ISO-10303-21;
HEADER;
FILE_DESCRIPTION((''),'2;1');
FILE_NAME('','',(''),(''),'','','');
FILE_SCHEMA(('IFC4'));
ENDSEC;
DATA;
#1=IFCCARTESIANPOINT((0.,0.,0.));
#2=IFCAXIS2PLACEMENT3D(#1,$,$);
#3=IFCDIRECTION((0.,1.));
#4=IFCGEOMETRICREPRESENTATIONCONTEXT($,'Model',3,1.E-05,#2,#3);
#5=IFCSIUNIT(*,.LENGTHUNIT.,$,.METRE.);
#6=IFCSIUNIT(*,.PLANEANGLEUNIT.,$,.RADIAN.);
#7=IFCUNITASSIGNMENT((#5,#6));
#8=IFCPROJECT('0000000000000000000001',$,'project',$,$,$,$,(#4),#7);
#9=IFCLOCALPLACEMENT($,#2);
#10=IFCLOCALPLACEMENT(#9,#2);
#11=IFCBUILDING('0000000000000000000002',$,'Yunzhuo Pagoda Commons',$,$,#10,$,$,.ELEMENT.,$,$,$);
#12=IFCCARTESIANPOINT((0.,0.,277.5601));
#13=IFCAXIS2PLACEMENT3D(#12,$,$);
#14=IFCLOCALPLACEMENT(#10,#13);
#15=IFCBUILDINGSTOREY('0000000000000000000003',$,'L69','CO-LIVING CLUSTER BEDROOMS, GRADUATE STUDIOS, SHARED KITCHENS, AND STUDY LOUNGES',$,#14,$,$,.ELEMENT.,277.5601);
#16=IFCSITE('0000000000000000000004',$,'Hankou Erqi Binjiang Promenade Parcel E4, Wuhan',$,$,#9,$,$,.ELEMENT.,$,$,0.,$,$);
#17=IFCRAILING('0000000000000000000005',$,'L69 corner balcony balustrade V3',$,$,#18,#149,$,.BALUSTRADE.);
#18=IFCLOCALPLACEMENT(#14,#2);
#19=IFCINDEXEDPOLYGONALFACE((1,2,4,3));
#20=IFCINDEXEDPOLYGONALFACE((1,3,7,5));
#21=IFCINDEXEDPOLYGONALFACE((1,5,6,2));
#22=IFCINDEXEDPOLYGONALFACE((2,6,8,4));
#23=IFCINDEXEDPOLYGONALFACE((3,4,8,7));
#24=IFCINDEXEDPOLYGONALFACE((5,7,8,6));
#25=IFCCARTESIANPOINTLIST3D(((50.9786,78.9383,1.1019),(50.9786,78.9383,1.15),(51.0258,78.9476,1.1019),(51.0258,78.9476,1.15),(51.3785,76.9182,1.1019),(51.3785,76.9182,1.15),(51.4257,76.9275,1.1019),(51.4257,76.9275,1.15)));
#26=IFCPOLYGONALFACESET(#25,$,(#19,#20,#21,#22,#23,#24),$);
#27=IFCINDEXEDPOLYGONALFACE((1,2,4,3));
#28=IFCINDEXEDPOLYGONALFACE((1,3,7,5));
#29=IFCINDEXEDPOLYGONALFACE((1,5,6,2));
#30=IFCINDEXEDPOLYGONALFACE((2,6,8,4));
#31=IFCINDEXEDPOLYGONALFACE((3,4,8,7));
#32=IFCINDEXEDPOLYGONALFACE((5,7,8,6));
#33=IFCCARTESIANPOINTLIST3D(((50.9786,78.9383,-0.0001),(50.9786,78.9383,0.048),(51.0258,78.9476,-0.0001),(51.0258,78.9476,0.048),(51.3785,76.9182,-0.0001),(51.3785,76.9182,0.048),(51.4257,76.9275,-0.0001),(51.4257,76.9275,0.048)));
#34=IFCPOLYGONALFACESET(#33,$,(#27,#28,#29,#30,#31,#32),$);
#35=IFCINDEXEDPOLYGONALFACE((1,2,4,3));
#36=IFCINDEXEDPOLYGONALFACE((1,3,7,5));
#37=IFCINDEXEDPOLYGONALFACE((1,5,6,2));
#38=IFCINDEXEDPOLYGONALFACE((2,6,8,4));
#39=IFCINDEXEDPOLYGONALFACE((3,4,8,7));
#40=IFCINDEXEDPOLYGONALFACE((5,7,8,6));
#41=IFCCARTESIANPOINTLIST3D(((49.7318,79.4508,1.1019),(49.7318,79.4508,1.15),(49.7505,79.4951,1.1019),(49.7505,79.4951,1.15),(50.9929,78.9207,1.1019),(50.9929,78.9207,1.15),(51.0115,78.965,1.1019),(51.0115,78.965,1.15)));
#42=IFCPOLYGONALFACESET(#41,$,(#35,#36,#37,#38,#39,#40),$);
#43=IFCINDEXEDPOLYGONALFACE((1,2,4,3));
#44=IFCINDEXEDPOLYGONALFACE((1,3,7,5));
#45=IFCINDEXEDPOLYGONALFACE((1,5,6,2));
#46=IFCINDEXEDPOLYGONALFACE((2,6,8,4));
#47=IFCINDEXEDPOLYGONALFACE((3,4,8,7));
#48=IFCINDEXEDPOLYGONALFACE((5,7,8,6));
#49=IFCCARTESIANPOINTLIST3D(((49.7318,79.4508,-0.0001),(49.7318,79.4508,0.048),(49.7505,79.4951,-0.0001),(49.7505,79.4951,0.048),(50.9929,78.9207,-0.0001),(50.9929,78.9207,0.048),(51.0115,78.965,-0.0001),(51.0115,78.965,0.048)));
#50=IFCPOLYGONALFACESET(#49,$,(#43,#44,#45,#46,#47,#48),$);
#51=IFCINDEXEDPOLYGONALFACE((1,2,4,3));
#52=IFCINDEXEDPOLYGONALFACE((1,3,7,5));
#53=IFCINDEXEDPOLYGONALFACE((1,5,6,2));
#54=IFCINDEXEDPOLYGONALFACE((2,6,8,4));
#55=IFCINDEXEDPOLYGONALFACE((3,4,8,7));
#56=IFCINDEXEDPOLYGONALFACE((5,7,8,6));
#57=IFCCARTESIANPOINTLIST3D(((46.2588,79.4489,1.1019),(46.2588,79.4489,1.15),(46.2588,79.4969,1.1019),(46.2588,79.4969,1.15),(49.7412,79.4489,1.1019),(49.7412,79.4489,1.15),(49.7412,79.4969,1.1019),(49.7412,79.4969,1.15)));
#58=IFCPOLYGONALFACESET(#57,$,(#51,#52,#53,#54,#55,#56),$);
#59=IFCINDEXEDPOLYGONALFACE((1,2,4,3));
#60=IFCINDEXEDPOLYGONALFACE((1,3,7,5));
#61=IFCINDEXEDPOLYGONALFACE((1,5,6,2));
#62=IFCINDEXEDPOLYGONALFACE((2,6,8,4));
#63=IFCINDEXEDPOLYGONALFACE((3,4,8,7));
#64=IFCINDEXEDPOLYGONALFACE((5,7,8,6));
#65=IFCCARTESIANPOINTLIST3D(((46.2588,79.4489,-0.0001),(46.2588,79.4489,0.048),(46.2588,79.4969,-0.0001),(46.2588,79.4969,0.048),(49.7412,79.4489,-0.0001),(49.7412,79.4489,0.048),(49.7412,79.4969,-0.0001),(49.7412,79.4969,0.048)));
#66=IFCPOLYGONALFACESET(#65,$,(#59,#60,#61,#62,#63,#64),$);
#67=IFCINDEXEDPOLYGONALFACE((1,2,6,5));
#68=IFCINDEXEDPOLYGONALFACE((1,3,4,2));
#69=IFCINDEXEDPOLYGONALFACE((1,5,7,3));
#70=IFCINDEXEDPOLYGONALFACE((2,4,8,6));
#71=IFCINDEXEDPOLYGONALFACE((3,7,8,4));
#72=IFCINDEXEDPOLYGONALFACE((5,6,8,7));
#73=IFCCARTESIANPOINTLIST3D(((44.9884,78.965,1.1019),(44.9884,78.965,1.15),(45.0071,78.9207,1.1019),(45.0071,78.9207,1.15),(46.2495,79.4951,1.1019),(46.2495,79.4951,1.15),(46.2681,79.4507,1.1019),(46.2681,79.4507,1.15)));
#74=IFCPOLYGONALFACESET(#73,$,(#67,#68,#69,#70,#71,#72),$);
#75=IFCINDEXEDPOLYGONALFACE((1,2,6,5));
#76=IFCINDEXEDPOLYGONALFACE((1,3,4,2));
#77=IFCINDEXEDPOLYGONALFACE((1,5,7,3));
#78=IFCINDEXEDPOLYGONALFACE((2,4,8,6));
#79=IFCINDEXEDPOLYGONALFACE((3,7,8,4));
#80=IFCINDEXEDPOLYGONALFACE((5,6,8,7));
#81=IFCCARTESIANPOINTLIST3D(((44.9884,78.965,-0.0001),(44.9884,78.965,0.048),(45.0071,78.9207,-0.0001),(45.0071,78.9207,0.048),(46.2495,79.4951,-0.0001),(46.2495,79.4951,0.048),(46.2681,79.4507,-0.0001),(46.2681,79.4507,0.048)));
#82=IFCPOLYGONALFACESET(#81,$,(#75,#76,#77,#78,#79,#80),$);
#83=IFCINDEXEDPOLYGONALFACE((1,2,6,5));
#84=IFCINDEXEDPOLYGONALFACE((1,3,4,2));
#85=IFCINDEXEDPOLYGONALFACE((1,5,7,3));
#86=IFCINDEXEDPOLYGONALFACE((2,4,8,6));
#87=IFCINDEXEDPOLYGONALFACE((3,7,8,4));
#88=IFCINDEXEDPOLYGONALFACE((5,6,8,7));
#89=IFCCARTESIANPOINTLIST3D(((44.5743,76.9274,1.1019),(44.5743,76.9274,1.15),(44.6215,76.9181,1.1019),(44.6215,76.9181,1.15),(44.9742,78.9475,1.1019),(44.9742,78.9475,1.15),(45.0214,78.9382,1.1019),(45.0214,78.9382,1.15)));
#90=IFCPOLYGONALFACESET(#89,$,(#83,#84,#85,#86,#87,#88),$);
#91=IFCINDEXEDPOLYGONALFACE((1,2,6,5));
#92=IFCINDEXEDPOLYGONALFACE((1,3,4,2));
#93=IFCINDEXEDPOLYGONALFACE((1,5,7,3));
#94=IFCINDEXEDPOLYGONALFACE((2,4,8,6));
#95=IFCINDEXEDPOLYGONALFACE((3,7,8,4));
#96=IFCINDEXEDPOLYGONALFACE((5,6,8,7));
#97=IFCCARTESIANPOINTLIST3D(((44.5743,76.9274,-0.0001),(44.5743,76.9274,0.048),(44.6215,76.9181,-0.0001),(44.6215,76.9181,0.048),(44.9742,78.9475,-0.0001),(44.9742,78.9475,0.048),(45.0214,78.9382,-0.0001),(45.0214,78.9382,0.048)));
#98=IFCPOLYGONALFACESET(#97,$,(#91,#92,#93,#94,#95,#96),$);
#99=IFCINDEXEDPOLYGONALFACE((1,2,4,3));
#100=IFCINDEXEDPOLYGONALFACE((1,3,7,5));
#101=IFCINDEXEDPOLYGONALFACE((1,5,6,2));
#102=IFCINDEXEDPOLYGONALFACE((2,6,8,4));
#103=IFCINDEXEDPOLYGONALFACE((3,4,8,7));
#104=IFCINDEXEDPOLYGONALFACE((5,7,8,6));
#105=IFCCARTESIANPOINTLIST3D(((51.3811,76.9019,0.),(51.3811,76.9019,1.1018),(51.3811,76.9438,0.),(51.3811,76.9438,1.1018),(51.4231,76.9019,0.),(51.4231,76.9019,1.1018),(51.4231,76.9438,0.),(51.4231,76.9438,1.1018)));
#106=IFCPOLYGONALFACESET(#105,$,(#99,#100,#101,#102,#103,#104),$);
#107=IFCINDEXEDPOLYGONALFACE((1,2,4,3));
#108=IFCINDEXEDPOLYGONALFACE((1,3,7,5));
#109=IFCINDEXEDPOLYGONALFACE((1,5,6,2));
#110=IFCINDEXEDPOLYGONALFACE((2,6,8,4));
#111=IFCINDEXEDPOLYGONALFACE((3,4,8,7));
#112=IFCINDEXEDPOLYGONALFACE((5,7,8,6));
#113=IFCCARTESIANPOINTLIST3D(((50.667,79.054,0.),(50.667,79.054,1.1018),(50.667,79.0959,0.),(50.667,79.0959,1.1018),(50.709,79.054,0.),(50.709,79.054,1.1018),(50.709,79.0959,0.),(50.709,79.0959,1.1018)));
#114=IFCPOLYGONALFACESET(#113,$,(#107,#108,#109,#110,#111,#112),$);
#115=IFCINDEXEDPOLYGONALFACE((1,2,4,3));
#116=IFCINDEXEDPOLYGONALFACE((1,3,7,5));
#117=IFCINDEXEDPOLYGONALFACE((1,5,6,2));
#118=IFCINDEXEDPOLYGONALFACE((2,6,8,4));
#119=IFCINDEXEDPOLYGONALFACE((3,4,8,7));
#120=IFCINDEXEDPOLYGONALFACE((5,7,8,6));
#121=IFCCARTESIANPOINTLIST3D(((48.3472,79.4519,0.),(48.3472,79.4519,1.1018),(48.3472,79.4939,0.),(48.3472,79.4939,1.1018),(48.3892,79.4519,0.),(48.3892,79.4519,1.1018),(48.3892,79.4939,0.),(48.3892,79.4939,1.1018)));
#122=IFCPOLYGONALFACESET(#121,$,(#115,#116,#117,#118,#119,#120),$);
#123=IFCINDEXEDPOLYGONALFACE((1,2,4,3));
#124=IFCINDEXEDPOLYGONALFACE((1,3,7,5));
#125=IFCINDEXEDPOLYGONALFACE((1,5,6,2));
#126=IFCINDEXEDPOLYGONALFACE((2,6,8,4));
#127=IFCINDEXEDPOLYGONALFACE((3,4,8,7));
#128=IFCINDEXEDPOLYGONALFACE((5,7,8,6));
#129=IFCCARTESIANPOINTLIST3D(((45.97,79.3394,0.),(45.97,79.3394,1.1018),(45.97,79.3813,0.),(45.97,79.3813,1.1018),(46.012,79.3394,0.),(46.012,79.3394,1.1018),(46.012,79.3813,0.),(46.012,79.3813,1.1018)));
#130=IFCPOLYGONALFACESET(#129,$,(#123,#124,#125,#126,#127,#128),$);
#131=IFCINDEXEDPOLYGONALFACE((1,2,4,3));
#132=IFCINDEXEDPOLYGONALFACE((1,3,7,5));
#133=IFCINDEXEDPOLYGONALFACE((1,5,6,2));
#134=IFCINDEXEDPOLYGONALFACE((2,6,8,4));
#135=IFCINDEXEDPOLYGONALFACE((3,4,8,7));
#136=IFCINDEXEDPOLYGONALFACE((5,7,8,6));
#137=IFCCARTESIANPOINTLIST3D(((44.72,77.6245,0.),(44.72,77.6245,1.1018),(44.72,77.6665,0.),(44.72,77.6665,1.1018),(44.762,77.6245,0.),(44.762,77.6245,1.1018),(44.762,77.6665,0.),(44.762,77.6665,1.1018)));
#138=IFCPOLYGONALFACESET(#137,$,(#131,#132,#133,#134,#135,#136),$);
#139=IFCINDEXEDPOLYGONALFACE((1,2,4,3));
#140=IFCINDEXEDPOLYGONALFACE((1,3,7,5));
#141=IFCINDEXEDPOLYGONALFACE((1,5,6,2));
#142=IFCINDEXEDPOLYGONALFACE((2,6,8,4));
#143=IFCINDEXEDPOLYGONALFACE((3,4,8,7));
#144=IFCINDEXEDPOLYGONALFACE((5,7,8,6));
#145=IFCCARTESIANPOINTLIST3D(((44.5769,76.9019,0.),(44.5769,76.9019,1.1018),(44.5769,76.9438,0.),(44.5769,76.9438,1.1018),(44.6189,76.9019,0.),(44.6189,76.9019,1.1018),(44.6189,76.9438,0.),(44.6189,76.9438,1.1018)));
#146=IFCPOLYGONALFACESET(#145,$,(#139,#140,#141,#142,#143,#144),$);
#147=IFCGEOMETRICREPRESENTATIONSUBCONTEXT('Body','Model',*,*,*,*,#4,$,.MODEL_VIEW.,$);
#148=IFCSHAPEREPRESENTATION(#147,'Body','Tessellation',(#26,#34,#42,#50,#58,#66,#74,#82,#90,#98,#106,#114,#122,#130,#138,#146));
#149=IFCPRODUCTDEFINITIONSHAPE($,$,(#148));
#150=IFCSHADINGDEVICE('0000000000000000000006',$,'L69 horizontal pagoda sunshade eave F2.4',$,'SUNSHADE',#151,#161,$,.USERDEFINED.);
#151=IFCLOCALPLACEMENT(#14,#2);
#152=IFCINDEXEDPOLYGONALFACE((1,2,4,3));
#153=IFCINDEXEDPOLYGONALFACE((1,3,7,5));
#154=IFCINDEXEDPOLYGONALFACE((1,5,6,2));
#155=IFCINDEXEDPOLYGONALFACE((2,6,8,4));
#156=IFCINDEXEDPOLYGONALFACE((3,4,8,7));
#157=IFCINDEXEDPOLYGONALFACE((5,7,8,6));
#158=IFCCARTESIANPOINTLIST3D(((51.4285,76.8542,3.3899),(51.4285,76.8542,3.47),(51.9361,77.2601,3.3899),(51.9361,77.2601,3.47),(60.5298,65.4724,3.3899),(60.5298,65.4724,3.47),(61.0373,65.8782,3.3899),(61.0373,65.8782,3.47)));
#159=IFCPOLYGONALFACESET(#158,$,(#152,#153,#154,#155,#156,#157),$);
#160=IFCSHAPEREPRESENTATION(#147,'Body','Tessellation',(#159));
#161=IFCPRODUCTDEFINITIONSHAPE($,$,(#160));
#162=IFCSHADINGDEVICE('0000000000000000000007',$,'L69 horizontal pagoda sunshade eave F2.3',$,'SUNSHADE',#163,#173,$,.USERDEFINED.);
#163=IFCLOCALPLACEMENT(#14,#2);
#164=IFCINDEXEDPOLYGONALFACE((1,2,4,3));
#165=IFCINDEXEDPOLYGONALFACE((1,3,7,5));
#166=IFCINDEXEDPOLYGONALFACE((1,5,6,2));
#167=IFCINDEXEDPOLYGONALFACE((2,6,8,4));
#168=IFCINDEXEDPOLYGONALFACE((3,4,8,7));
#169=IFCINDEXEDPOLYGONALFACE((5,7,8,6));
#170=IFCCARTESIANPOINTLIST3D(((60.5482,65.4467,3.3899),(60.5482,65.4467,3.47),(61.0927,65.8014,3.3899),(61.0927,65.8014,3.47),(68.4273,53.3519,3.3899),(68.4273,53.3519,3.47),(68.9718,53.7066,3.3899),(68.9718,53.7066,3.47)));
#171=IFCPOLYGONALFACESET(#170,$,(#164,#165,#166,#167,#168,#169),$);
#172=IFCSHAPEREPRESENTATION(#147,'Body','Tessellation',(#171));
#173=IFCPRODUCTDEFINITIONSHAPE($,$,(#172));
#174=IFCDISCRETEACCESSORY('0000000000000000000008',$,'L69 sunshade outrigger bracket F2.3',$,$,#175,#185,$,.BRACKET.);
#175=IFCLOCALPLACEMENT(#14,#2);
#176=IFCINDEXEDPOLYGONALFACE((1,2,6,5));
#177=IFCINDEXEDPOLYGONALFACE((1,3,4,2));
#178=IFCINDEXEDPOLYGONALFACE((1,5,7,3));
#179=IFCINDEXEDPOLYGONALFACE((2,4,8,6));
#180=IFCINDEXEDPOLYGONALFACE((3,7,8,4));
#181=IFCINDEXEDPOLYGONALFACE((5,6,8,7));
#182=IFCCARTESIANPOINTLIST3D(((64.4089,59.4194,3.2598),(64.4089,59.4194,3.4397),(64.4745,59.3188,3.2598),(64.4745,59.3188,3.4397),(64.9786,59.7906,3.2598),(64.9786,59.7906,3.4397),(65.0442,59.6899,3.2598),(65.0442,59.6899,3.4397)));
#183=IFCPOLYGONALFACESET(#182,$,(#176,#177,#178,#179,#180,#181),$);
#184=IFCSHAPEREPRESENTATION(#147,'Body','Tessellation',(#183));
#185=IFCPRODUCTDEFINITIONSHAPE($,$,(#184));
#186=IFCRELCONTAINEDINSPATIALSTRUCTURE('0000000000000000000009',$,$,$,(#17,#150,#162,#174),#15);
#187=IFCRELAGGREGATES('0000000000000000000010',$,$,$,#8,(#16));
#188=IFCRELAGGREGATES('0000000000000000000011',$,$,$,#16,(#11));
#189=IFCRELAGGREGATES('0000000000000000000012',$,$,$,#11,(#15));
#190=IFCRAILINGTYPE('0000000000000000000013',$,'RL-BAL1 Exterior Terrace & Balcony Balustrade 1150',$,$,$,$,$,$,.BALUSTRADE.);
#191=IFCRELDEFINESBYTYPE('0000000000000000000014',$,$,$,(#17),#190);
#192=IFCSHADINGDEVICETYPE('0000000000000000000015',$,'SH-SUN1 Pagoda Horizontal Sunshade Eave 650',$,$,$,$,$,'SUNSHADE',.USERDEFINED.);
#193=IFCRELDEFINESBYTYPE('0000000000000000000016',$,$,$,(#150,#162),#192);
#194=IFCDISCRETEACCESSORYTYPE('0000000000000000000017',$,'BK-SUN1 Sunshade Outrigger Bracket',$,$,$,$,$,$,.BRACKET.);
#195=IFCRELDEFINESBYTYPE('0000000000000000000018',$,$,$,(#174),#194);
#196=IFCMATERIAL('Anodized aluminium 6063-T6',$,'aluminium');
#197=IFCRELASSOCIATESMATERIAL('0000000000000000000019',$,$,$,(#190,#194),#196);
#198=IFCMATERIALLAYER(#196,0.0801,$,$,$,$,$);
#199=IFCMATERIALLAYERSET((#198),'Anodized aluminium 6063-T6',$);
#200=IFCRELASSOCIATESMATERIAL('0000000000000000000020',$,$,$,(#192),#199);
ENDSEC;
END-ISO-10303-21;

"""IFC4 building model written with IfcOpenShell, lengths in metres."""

from ifc_helpers import new_model, si_unit, direction, frame, origin, origin_2d, place, context, subcontext, project, spatial, rectangle, extrude, source, transform, mapped, material, layer, layer_set, type_object, element, save


model = new_model("IFC4")

# Units and contexts
model_context = context("Model", 3, precision=1e-05, world=origin(), true_north=direction((0.0, 1.0)))
body_context = subcontext(model_context, "Body", "Model", "MODEL_VIEW")
ifc_project = project(units=[si_unit("LENGTHUNIT", "METRE"), si_unit("PLANEANGLEUNIT", "RADIAN")], contexts=[model_context])

# Site, building, storey
site_placement = place(None, origin())
site = spatial("IfcSite", under=ifc_project, at=site_placement, Name="Hankou Erqi Binjiang Promenade Parcel E4, Wuhan", CompositionType="ELEMENT", RefElevation=0.0)
building_placement = place(site_placement, origin())
building = spatial("IfcBuilding", under=site, at=building_placement, Name="Yunzhuo Pagoda Commons", CompositionType="ELEMENT")
storey_placement = place(building_placement, frame((0.0, 0.0, 277.5601)))
storey = spatial("IfcBuildingStorey", under=building, at=storey_placement, Name="L69", Description="CO-LIVING CLUSTER BEDROOMS, GRADUATE STUDIOS, SHARED KITCHENS, AND STUDY LOUNGES", CompositionType="ELEMENT", Elevation=277.5601)

# Shared definitions
ifc_material_1 = material(Name="Anodized aluminium 6063-T6", Category="aluminium")

# Railing
railing_type = type_object("IfcRailingType", Name="RL-BAL1 Exterior Terrace & Balcony Balustrade 1150", PredefinedType="BALUSTRADE", material=ifc_material_1)
railing_placement = place(storey_placement, frame((51.4021, 76.9229, 0.0)))
element("IfcRailing", 1, at=railing_placement, inside=storey, type_object=railing_type, Name="L69 corner balcony balustrade V3", PredefinedType="BALUSTRADE", context=body_context, shape_type="SweptSolid", body=[
    extrude(rectangle(XDim=0.0481, YDim=0.0481, at=origin_2d()), frame((0.0, 0.0, 1.126), z_axis=(-0.194201, 0.980962, 0.0), x_axis=(-0.980962, -0.194201, 0.0)), (0.0, 0.0, 1.0), 2.0593),
    extrude(rectangle(XDim=0.0481, YDim=0.0481, at=origin_2d()), frame((0.0, 0.0, 0.0239), z_axis=(-0.194201, 0.980962, 0.0), x_axis=(-0.980962, -0.194201, 0.0)), (0.0, 0.0, 1.0), 2.0593),
    extrude(rectangle(XDim=0.0481, YDim=0.0481, at=origin_2d()), frame((-0.3999, 2.02, 1.126), z_axis=(-0.921874, 0.38749, 0.0), x_axis=(-0.38749, -0.921874, 0.0)), (0.0, 0.0, 1.0), 1.3679),
    extrude(rectangle(XDim=0.0481, YDim=0.0481, at=origin_2d()), frame((-0.3999, 2.02, 0.0239), z_axis=(-0.921874, 0.38749, 0.0), x_axis=(-0.38749, -0.921874, 0.0)), (0.0, 0.0, 1.0), 1.3679),
    extrude(rectangle(XDim=0.0481, YDim=0.0481, at=origin_2d()), frame((-1.6609, 2.55, 1.126), z_axis=(-1.0, 0.0, 0.0), x_axis=(0.0, -1.0, 0.0)), (0.0, 0.0, 1.0), 3.4824),
    extrude(rectangle(XDim=0.0481, YDim=0.0481, at=origin_2d()), frame((-1.6609, 2.55, 0.0239), z_axis=(-1.0, 0.0, 0.0), x_axis=(0.0, -1.0, 0.0)), (0.0, 0.0, 1.0), 3.4824),
    extrude(rectangle(XDim=0.0481, YDim=0.0481, at=origin_2d()), frame((-5.1433, 2.55, 1.126), z_axis=(-0.921874, -0.38749, 0.0), x_axis=(0.38749, -0.921874, 0.0)), (0.0, 0.0, 1.0), 1.3679),
    extrude(rectangle(XDim=0.0481, YDim=0.0481, at=origin_2d()), frame((-5.1433, 2.55, 0.0239), z_axis=(-0.921874, -0.38749, 0.0), x_axis=(0.38749, -0.921874, 0.0)), (0.0, 0.0, 1.0), 1.3679),
    extrude(rectangle(XDim=0.0481, YDim=0.0481, at=origin_2d()), frame((-6.4043, 2.02, 1.126), z_axis=(-0.194201, -0.980962, 0.0), x_axis=(0.980962, -0.194201, 0.0)), (0.0, 0.0, 1.0), 2.0593),
    extrude(rectangle(XDim=0.0481, YDim=0.0481, at=origin_2d()), frame((-6.4043, 2.02, 0.0239), z_axis=(-0.194201, -0.980962, 0.0), x_axis=(0.980962, -0.194201, 0.0)), (0.0, 0.0, 1.0), 2.0593),
    extrude(rectangle(XDim=0.042, YDim=0.042, at=origin_2d()), origin(), (0.0, 0.0, 1.0), 1.1018),
    extrude(rectangle(XDim=0.042, YDim=0.042, at=origin_2d()), frame((-0.7141, 2.1521, 0.0)), (0.0, 0.0, 1.0), 1.1018),
    extrude(rectangle(XDim=0.042, YDim=0.042, at=origin_2d()), frame((-3.0339, 2.55, 0.0)), (0.0, 0.0, 1.0), 1.1018),
    extrude(rectangle(XDim=0.042, YDim=0.042, at=origin_2d()), frame((-5.4111, 2.4375, 0.0)), (0.0, 0.0, 1.0), 1.1018),
    extrude(rectangle(XDim=0.042, YDim=0.042, at=origin_2d()), frame((-6.6611, 0.7227, 0.0)), (0.0, 0.0, 1.0), 1.1018),
    extrude(rectangle(XDim=0.042, YDim=0.042, at=origin_2d()), frame((-6.8042, 0.0, 0.0)), (0.0, 0.0, 1.0), 1.1018),
])

# Shading devices
ifc_layer_1 = layer(ifc_material_1, 0.0801)
ifc_layer_set_1 = layer_set([ifc_layer_1], Name="Anodized aluminium 6063-T6")
shading_device_type = type_object("IfcShadingDeviceType", Name="SH-SUN1 Pagoda Horizontal Sunshade Eave 650", ElementType="SUNSHADE", PredefinedType="USERDEFINED", material=ifc_layer_set_1)
shared_shape_1 = source(origin(), body_context, "Body", "SweptSolid", [
    extrude(rectangle(XDim=14.5732, YDim=0.6499, at=origin_2d()), origin(), (0.0, 0.0, 1.0), 0.0801),
])
shading_device_1_placement = place(storey_placement, frame((56.2329, 71.3662, 3.3899), z_axis=(0.0, 0.0, 1.0), x_axis=(-0.62452, 0.781008, 0.0)))
element("IfcShadingDevice", 2, at=shading_device_1_placement, inside=storey, type_object=shading_device_type, Name="L69 horizontal pagoda sunshade eave F2.4", ObjectType="SUNSHADE", PredefinedType="USERDEFINED", context=body_context, shape_type="MappedRepresentation", body=[
    mapped(shared_shape_1, transform((0.0, 0.0, 0.0), scale=1.0)),
])
shared_shape_2 = source(origin(), body_context, "Body", "SweptSolid", [
    extrude(rectangle(XDim=14.4348, YDim=0.6499, at=origin_2d()), origin(), (0.0, 0.0, 1.0), 0.0801),
])
shading_device_2_placement = place(storey_placement, frame((64.76, 59.5767, 3.3899), z_axis=(0.0, 0.0, 1.0), x_axis=(-0.545839, 0.83789, 0.0)))
element("IfcShadingDevice", 3, at=shading_device_2_placement, inside=storey, type_object=shading_device_type, Name="L69 horizontal pagoda sunshade eave F2.3", ObjectType="SUNSHADE", PredefinedType="USERDEFINED", context=body_context, shape_type="MappedRepresentation", body=[
    mapped(shared_shape_2, transform((0.0, 0.0, 0.0), scale=1.0)),
])

# Discrete accessory
discrete_accessory_type = type_object("IfcDiscreteAccessoryType", Name="BK-SUN1 Sunshade Outrigger Bracket", PredefinedType="BRACKET", material=ifc_material_1)
shared_shape_3 = source(origin(), body_context, "Body", "SweptSolid", [
    extrude(rectangle(XDim=0.1201, YDim=0.6799, at=origin_2d()), origin(), (0.0, 0.0, 1.0), 0.1799),
])
discrete_accessory_placement = place(storey_placement, frame((64.7266, 59.5547, 3.2598), z_axis=(0.0, 0.0, 1.0), x_axis=(-0.545839, 0.83789, 0.0)))
element("IfcDiscreteAccessory", 4, at=discrete_accessory_placement, inside=storey, type_object=discrete_accessory_type, Name="L69 sunshade outrigger bracket F2.3", PredefinedType="BRACKET", context=body_context, shape_type="MappedRepresentation", body=[
    mapped(shared_shape_3, transform((0.0, 0.0, 0.0), scale=1.0)),
])

save(model, "model.ifc")
